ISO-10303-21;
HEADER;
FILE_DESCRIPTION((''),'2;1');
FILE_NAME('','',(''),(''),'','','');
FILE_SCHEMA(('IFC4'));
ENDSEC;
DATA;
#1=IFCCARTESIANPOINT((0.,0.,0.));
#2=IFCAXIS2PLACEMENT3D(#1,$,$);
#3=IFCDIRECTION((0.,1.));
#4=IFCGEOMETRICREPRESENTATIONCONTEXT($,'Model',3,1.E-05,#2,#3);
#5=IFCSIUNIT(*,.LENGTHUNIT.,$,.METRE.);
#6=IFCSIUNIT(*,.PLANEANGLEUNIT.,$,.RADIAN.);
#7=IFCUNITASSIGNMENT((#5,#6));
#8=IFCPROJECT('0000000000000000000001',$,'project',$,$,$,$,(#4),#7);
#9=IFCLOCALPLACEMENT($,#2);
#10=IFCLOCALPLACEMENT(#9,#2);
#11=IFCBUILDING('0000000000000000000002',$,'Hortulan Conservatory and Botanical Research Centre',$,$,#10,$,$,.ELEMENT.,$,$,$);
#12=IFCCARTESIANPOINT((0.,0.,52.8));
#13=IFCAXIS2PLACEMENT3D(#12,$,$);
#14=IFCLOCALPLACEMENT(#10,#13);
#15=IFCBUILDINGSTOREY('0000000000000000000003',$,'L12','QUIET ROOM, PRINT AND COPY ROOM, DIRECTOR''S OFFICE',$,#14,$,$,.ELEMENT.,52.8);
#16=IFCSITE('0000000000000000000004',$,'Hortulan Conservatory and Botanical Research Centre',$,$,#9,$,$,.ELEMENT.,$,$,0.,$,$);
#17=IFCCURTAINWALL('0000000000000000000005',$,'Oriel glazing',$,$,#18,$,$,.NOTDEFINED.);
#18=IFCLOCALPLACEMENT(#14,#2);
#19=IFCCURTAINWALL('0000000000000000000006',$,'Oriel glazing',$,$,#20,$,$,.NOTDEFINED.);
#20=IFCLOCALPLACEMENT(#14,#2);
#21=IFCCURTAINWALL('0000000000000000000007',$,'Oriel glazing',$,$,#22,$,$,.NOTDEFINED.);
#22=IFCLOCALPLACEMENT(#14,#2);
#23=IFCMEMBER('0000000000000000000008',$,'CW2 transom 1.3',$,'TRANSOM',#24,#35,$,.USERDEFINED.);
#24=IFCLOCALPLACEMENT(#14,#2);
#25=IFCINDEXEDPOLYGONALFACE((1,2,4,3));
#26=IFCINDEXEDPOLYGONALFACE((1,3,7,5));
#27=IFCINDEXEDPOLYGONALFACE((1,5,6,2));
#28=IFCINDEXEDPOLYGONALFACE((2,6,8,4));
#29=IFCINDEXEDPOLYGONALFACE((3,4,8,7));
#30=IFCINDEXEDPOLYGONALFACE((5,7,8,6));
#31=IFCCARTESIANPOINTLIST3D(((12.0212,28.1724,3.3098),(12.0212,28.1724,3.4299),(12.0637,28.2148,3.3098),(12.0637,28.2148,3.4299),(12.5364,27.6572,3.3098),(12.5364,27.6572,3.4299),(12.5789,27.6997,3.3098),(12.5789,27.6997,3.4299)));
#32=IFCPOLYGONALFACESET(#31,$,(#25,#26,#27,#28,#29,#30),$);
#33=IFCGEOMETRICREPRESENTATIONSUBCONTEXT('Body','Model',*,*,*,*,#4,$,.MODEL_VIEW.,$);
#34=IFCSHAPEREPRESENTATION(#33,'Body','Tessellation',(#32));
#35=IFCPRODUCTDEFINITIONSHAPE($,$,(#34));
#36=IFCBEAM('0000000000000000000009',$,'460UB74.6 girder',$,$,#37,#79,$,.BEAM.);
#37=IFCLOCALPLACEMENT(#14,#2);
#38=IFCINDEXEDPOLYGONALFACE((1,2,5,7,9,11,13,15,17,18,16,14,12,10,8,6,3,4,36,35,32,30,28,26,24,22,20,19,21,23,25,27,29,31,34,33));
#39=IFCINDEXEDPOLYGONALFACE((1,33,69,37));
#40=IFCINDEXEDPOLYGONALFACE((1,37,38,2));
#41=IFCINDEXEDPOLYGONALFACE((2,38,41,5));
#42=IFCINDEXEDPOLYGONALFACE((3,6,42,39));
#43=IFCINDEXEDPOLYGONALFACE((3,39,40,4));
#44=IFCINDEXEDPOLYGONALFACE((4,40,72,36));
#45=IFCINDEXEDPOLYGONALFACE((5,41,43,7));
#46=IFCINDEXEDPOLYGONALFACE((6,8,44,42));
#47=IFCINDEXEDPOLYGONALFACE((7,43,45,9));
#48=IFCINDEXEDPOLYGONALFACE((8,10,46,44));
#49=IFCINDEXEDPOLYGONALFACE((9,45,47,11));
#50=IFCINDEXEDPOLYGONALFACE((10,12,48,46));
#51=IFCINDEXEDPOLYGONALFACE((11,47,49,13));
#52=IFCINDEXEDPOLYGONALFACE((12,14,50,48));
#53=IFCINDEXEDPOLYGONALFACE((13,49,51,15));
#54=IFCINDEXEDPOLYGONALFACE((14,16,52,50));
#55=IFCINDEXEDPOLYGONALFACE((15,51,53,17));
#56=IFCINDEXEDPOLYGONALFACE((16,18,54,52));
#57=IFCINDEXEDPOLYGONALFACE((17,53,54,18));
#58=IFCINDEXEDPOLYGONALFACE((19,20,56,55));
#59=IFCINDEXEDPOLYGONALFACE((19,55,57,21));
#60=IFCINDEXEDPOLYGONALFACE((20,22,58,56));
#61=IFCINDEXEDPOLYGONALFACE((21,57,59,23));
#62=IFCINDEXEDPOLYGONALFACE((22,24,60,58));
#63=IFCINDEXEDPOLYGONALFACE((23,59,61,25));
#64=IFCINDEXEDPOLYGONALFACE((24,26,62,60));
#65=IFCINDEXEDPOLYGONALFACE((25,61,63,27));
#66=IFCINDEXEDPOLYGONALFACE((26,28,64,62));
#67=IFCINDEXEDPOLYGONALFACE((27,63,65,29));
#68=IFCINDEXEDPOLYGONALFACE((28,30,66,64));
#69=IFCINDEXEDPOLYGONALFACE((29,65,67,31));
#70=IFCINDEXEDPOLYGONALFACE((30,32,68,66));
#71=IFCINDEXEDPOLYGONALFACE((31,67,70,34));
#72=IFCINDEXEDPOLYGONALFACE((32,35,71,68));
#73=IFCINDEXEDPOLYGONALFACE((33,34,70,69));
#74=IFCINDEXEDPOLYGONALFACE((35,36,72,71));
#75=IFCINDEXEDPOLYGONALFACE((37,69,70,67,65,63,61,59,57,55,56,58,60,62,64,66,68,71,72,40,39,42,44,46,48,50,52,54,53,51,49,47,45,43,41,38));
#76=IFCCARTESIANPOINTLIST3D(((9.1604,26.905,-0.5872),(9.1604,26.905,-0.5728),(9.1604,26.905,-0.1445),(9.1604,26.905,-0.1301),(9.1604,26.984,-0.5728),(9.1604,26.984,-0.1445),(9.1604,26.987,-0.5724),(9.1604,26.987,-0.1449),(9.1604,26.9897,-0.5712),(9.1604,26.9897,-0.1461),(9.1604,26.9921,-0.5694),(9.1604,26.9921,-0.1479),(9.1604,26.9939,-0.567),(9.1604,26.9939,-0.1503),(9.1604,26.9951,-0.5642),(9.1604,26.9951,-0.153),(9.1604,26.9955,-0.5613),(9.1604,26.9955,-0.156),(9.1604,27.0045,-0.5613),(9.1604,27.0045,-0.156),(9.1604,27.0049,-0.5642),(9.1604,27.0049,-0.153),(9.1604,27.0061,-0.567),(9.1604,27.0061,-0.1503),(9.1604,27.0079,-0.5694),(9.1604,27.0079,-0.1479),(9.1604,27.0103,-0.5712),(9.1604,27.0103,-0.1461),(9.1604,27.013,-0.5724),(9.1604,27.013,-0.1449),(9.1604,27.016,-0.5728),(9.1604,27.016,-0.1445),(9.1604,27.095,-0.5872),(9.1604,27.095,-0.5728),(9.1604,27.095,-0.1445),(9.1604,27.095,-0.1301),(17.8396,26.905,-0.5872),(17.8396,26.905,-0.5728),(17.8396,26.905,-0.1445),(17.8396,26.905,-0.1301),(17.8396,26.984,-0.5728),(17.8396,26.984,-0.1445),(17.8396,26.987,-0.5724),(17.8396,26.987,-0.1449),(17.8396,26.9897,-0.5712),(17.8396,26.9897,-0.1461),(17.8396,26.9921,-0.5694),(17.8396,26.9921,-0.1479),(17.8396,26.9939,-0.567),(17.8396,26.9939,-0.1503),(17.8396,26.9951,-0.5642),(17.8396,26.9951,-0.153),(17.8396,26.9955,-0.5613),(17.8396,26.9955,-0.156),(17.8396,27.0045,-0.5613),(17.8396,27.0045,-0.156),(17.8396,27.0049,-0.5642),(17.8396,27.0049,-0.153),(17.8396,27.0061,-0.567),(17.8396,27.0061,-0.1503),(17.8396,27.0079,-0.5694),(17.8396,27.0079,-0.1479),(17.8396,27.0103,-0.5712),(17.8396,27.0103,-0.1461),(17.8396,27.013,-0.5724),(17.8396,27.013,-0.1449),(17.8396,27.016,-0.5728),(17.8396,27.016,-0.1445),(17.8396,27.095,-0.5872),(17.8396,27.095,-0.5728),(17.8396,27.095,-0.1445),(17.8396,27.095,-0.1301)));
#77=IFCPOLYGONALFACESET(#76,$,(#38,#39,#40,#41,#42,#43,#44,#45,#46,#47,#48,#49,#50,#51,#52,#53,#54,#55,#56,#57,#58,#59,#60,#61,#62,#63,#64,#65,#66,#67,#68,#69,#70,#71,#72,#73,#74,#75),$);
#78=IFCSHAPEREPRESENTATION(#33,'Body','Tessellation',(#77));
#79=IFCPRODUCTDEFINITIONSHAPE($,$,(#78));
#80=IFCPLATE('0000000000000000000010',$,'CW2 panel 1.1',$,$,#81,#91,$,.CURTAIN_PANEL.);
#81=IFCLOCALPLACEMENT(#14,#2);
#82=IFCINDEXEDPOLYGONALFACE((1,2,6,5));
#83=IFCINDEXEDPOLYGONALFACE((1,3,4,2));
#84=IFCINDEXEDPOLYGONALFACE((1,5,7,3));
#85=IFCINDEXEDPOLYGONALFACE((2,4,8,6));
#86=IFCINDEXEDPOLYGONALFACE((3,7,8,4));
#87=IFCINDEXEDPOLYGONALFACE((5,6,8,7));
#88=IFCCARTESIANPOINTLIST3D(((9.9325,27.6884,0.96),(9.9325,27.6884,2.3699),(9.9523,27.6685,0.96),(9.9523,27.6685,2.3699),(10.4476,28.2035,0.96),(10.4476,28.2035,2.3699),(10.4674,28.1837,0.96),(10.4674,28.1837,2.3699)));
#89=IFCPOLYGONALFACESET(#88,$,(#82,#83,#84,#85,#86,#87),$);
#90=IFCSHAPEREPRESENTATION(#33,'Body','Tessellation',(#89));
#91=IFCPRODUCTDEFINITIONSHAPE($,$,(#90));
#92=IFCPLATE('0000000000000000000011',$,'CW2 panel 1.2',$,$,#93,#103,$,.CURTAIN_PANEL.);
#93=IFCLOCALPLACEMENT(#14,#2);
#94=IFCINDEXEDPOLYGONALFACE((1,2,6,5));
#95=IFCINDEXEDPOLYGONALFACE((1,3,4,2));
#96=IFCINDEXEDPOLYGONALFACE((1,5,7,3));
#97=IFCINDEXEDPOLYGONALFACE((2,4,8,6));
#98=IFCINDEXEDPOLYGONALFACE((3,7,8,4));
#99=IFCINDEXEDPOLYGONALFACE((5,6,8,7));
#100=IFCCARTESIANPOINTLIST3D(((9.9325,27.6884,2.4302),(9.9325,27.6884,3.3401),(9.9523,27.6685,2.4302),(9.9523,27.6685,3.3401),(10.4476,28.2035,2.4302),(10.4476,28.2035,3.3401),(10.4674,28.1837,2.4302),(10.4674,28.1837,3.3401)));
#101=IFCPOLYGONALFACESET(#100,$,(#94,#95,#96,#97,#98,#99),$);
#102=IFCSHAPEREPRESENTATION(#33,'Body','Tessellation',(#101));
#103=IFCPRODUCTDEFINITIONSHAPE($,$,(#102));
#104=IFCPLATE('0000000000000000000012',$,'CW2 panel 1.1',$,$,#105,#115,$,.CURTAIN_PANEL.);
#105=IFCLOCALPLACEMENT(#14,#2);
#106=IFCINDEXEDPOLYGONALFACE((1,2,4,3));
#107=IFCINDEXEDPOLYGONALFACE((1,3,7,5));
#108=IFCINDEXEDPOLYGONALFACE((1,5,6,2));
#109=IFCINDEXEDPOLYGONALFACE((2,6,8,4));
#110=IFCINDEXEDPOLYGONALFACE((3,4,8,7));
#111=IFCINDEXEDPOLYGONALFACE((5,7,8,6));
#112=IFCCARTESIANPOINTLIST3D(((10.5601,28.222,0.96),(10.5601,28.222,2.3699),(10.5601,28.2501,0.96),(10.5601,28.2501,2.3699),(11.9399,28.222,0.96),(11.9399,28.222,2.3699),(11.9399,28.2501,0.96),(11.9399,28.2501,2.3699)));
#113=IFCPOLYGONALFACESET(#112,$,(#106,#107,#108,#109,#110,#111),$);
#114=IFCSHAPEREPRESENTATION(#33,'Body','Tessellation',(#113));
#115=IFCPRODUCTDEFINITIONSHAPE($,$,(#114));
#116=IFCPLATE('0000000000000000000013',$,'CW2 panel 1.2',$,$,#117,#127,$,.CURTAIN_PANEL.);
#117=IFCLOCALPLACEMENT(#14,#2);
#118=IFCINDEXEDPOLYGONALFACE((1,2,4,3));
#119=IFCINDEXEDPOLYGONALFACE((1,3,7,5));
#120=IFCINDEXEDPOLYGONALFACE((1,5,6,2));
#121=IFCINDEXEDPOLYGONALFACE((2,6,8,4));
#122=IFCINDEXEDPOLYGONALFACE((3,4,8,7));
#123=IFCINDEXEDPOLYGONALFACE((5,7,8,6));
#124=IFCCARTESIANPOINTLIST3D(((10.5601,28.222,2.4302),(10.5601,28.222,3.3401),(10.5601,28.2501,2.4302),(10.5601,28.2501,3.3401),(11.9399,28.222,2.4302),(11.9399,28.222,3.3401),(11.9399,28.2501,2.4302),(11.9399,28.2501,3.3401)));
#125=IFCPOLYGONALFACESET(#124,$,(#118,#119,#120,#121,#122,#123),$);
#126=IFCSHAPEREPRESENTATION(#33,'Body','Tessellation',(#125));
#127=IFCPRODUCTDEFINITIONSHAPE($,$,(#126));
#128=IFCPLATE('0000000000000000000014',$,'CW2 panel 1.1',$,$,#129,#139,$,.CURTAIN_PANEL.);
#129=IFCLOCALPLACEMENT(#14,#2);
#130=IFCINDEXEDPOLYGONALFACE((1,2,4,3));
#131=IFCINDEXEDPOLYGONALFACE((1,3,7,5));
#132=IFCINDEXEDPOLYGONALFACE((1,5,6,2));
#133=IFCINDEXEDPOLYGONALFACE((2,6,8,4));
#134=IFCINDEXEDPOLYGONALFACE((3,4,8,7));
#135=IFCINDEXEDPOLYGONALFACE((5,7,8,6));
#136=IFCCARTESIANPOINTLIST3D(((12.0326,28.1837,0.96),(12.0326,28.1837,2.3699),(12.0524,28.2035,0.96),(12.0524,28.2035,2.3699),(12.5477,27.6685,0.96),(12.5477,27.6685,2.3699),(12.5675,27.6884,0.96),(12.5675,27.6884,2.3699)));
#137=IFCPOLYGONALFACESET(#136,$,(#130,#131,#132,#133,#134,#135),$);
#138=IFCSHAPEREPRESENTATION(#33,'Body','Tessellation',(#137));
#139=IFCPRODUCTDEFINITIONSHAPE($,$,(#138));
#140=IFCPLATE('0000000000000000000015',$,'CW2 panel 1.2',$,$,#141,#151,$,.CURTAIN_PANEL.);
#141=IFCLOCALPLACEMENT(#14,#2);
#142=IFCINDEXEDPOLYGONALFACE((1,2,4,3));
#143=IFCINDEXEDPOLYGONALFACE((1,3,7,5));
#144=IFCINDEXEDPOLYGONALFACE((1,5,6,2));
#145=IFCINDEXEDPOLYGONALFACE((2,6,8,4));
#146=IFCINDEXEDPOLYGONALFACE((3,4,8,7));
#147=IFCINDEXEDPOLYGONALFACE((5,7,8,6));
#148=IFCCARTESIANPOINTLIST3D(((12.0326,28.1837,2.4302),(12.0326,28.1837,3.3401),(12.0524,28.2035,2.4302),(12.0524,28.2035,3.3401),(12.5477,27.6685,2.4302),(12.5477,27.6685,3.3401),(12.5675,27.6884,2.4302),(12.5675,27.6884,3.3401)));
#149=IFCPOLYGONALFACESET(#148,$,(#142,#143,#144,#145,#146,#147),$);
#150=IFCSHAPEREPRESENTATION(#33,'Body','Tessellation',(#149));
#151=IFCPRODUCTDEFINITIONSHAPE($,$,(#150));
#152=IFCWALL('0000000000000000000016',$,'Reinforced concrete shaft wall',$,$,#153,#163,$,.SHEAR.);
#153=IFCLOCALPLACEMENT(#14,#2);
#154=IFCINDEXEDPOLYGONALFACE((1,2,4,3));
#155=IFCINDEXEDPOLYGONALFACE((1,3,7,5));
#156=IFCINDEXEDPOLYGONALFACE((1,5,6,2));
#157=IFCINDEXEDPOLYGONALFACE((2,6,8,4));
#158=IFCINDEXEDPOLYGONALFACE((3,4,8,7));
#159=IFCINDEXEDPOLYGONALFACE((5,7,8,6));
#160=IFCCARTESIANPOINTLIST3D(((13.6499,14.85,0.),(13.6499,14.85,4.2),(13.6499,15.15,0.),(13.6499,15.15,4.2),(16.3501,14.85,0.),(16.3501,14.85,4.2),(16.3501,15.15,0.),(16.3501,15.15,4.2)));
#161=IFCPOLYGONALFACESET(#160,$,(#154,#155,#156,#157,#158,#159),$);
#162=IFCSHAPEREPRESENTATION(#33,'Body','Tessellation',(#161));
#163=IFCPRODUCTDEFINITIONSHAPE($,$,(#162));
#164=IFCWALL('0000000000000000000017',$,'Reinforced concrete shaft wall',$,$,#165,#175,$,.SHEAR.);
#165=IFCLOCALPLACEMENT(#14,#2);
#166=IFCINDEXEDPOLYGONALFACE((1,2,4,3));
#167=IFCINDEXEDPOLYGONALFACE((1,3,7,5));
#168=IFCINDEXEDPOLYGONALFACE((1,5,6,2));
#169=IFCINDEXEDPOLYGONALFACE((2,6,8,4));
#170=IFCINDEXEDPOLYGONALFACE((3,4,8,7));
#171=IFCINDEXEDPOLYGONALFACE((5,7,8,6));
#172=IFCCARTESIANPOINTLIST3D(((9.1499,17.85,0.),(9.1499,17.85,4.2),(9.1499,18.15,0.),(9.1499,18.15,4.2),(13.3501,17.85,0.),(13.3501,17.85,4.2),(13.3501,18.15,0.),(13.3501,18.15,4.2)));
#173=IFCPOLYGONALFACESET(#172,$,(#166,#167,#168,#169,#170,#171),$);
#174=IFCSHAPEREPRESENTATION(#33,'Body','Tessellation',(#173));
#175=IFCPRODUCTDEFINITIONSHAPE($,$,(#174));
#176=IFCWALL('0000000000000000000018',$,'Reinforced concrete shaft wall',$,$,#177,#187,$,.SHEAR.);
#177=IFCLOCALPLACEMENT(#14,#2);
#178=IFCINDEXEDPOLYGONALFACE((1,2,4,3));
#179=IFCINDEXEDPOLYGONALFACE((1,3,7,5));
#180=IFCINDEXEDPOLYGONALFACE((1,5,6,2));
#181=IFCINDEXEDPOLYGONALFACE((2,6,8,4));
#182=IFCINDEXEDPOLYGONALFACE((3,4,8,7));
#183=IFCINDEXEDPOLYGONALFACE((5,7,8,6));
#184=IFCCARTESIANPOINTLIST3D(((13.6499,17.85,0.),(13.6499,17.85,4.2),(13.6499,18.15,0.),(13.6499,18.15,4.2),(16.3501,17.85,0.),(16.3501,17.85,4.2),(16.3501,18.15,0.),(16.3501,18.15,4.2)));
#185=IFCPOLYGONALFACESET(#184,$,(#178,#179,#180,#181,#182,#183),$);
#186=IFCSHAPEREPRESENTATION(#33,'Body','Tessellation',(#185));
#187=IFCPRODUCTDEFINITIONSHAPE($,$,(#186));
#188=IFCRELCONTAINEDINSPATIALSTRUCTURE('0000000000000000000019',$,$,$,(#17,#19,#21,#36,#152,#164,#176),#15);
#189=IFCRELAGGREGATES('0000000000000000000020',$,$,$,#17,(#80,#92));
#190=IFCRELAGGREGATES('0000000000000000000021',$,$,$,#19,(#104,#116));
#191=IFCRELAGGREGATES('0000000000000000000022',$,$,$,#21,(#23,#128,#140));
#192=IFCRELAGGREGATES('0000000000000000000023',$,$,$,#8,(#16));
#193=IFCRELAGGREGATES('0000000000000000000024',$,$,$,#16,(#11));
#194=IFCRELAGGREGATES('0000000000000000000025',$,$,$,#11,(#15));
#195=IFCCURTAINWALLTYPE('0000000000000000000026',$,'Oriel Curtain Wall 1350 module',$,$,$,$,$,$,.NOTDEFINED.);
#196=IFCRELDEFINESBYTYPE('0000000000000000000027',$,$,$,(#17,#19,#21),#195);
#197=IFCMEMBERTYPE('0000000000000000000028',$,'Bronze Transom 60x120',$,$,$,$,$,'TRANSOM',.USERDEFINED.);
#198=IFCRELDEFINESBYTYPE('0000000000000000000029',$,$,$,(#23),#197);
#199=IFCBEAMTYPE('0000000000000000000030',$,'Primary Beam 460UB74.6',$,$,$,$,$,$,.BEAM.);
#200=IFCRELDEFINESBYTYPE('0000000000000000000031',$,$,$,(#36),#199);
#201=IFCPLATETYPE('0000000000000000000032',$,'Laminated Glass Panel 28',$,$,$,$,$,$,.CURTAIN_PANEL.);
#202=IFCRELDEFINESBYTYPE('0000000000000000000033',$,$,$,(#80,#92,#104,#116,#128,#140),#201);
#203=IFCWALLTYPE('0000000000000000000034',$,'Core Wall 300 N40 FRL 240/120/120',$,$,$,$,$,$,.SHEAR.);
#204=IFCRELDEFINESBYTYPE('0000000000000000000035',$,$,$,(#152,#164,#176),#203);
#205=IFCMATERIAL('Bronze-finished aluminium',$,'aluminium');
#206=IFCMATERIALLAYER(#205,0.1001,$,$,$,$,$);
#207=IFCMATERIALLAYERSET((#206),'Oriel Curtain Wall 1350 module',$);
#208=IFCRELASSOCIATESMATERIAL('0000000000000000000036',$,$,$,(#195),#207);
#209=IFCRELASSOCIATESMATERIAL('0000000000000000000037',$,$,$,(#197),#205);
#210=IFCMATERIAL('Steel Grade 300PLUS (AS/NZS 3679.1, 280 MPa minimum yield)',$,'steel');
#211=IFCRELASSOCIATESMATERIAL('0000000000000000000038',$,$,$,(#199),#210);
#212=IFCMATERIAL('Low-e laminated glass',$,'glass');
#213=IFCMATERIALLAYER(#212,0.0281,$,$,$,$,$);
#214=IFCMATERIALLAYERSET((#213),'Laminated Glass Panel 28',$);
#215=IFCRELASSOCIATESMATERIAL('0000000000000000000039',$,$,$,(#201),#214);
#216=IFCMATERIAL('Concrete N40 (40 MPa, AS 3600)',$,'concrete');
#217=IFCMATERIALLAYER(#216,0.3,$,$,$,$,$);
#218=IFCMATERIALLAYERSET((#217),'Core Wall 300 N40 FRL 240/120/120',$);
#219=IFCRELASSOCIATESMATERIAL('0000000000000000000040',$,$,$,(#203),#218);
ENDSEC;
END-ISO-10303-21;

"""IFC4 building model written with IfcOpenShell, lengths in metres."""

from ifc_helpers import new_model, si_unit, direction, frame, frame_2d, origin, origin_2d, place, context, subcontext, project, spatial, rectangle, i_section, extrude, material, layer, layer_set, material_profile, profile_set, type_object, element, aggregate, save


model = new_model("IFC4")

# Units and contexts
model_context = context("Model", 3, precision=1e-05, world=origin(), true_north=direction((0.0, 1.0)))
body_context = subcontext(model_context, "Body", "Model", "MODEL_VIEW")
ifc_project = project(units=[si_unit("LENGTHUNIT", "METRE"), si_unit("PLANEANGLEUNIT", "RADIAN")], contexts=[model_context])

# Site, building, storey
site_placement = place(None, origin())
site = spatial("IfcSite", under=ifc_project, at=site_placement, Name="Hortulan Conservatory and Botanical Research Centre", CompositionType="ELEMENT", RefElevation=0.0)
building_placement = place(site_placement, origin())
building = spatial("IfcBuilding", under=site, at=building_placement, Name="Hortulan Conservatory and Botanical Research Centre", CompositionType="ELEMENT")
storey_placement = place(building_placement, frame((0.0, 0.0, 52.8)))
storey = spatial("IfcBuildingStorey", under=building, at=storey_placement, Name="L12", Description="QUIET ROOM, PRINT AND COPY ROOM, DIRECTOR'S OFFICE", CompositionType="ELEMENT", Elevation=52.8)

# Curtain walls
ifc_material_1 = material(Name="Bronze-finished aluminium", Category="aluminium")
ifc_layer_1 = layer(ifc_material_1, 0.1001)
ifc_layer_set_1 = layer_set([ifc_layer_1], Name="Oriel Curtain Wall 1350 module")
curtain_wall_type = type_object("IfcCurtainWallType", Name="Oriel Curtain Wall 1350 module", PredefinedType="NOTDEFINED", material=ifc_layer_set_1)
curtain_wall_1_placement = place(storey_placement, origin())
curtain_wall_1 = element("IfcCurtainWall", 1, at=curtain_wall_1_placement, inside=storey, type_object=curtain_wall_type, Name="Oriel glazing", PredefinedType="NOTDEFINED")
curtain_wall_2_placement = place(storey_placement, origin())
curtain_wall_2 = element("IfcCurtainWall", 2, at=curtain_wall_2_placement, inside=storey, type_object=curtain_wall_type, Name="Oriel glazing", PredefinedType="NOTDEFINED")
curtain_wall_3_placement = place(storey_placement, origin())
curtain_wall_3 = element("IfcCurtainWall", 3, at=curtain_wall_3_placement, inside=storey, type_object=curtain_wall_type, Name="Oriel glazing", PredefinedType="NOTDEFINED")

# Member
ifc_material_profile_1 = material_profile(ifc_material_1, rectangle(XDim=0.0601, YDim=0.1201, at=origin_2d()), Name="Bronze Transom 60x120")
ifc_profile_set_1 = profile_set([ifc_material_profile_1], Name="Bronze-finished aluminium")
member_type_1 = type_object("IfcMemberType", Name="Bronze Transom 60x120", ElementType="TRANSOM", PredefinedType="USERDEFINED", material=ifc_profile_set_1)
member_1_placement = place(storey_placement, frame((12.0425, 28.1936, 3.3699), z_axis=(0.707107, -0.707107, 0.0), x_axis=(0.707107, 0.707107, 0.0)))
member_1 = element("IfcMember", 4, at=member_1_placement, type_object=member_type_1, Name="CW2 transom 1.3", ObjectType="TRANSOM", PredefinedType="USERDEFINED", context=body_context, shape_type="SweptSolid", body=[
    extrude(rectangle(XDim=0.0601, YDim=0.1201, at=origin_2d()), origin(), (0.0, 0.0, 1.0), 0.7285),
])

# Beam
ifc_material_2 = material(Name="Steel Grade 300PLUS (AS/NZS 3679.1, 280 MPa minimum yield)", Category="steel")
ifc_material_profile_2 = material_profile(ifc_material_2, i_section(OverallWidth=0.1899, OverallDepth=0.457, WebThickness=0.009, FlangeThickness=0.0144, FilletRadius=0.0115, at=origin_2d()), Name="460UB74.6")
ifc_profile_set_2 = profile_set([ifc_material_profile_2], Name="Steel Grade 300PLUS (AS/NZS 3679.1, 280 MPa minimum yield)")
beam_type = type_object("IfcBeamType", Name="Primary Beam 460UB74.6", PredefinedType="BEAM", material=ifc_profile_set_2)
beam_placement = place(storey_placement, frame((9.1604, 27.0, -0.3586), z_axis=(1.0, 0.0, 0.0), x_axis=(0.0, 1.0, 0.0)))
element("IfcBeam", 5, at=beam_placement, inside=storey, type_object=beam_type, Name="460UB74.6 girder", PredefinedType="BEAM", context=body_context, shape_type="SweptSolid", body=[
    extrude(i_section(OverallWidth=0.1899, OverallDepth=0.457, WebThickness=0.009, FlangeThickness=0.0144, FilletRadius=0.0115, at=origin_2d()), origin(), (0.0, 0.0, 1.0), 8.6792),
])

# Plates
ifc_material_3 = material(Name="Low-e laminated glass", Category="glass")
ifc_layer_2 = layer(ifc_material_3, 0.0281)
ifc_layer_set_2 = layer_set([ifc_layer_2], Name="Laminated Glass Panel 28")
plate_type = type_object("IfcPlateType", Name="Laminated Glass Panel 28", PredefinedType="CURTAIN_PANEL", material=ifc_layer_set_2)
plate_1_placement = place(storey_placement, frame((10.2, 27.936, 0.96), z_axis=(0.0, 0.0, 1.0), x_axis=(0.707107, 0.707107, 0.0)))
plate_1 = element("IfcPlate", 6, at=plate_1_placement, type_object=plate_type, Name="CW2 panel 1.1", PredefinedType="CURTAIN_PANEL", context=body_context, shape_type="SweptSolid", body=[
    extrude(rectangle(XDim=0.7285, YDim=0.0281, at=origin_2d()), origin(), (0.0, 0.0, 1.0), 1.4099),
])
plate_2_placement = place(storey_placement, frame((10.2, 27.936, 2.4302), z_axis=(0.0, 0.0, 1.0), x_axis=(0.707107, 0.707107, 0.0)))
plate_2 = element("IfcPlate", 7, at=plate_2_placement, type_object=plate_type, Name="CW2 panel 1.2", PredefinedType="CURTAIN_PANEL", context=body_context, shape_type="SweptSolid", body=[
    extrude(rectangle(XDim=0.7285, YDim=0.0281, at=origin_2d()), origin(), (0.0, 0.0, 1.0), 0.9099),
])
aggregate(curtain_wall_1, [plate_1, plate_2])
plate_3_placement = place(storey_placement, frame((11.25, 28.2361, 0.96), z_axis=(0.0, 0.0, 1.0), x_axis=(1.0, 0.0, 0.0)))
plate_3 = element("IfcPlate", 8, at=plate_3_placement, type_object=plate_type, Name="CW2 panel 1.1", PredefinedType="CURTAIN_PANEL", context=body_context, shape_type="SweptSolid", body=[
    extrude(rectangle(XDim=1.3799, YDim=0.0281, at=origin_2d()), origin(), (0.0, 0.0, 1.0), 1.4099),
])
plate_4_placement = place(storey_placement, frame((11.25, 28.2361, 2.4302), z_axis=(0.0, 0.0, 1.0), x_axis=(1.0, 0.0, 0.0)))
plate_4 = element("IfcPlate", 9, at=plate_4_placement, type_object=plate_type, Name="CW2 panel 1.2", PredefinedType="CURTAIN_PANEL", context=body_context, shape_type="SweptSolid", body=[
    extrude(rectangle(XDim=1.3799, YDim=0.0281, at=origin_2d()), origin(), (0.0, 0.0, 1.0), 0.9099),
])
aggregate(curtain_wall_2, [plate_3, plate_4])
plate_5_placement = place(storey_placement, frame((12.3, 27.936, 0.96), z_axis=(0.0, 0.0, 1.0), x_axis=(0.707107, -0.707107, 0.0)))
plate_5 = element("IfcPlate", 10, at=plate_5_placement, type_object=plate_type, Name="CW2 panel 1.1", PredefinedType="CURTAIN_PANEL", context=body_context, shape_type="SweptSolid", body=[
    extrude(rectangle(XDim=0.7285, YDim=0.0281, at=origin_2d()), origin(), (0.0, 0.0, 1.0), 1.4099),
])
plate_6_placement = place(storey_placement, frame((12.3, 27.936, 2.4302), z_axis=(0.0, 0.0, 1.0), x_axis=(0.707107, -0.707107, 0.0)))
plate_6 = element("IfcPlate", 11, at=plate_6_placement, type_object=plate_type, Name="CW2 panel 1.2", PredefinedType="CURTAIN_PANEL", context=body_context, shape_type="SweptSolid", body=[
    extrude(rectangle(XDim=0.7285, YDim=0.0281, at=origin_2d()), origin(), (0.0, 0.0, 1.0), 0.9099),
])
aggregate(curtain_wall_3, [member_1, plate_5, plate_6])

# Walls
ifc_material_4 = material(Name="Concrete N40 (40 MPa, AS 3600)", Category="concrete")
ifc_layer_3 = layer(ifc_material_4, 0.3)
ifc_layer_set_3 = layer_set([ifc_layer_3], Name="Core Wall 300 N40 FRL 240/120/120")
wall_type_1 = type_object("IfcWallType", Name="Core Wall 300 N40 FRL 240/120/120", PredefinedType="SHEAR", material=ifc_layer_set_3)
wall_1_placement = place(storey_placement, frame((13.6499, 15.0, 0.0), z_axis=(0.0, 0.0, 1.0), x_axis=(1.0, 0.0, 0.0)))
element("IfcWall", 12, at=wall_1_placement, inside=storey, type_object=wall_type_1, Name="Reinforced concrete shaft wall", PredefinedType="SHEAR", context=body_context, shape_type="SweptSolid", body=[
    extrude(rectangle(XDim=2.7002, YDim=0.3, at=frame_2d((1.3501, 0.0))), origin(), (0.0, 0.0, 1.0), 4.2),
])
wall_2_placement = place(storey_placement, frame((9.1499, 18.0, 0.0), z_axis=(0.0, 0.0, 1.0), x_axis=(1.0, 0.0, 0.0)))
element("IfcWall", 13, at=wall_2_placement, inside=storey, type_object=wall_type_1, Name="Reinforced concrete shaft wall", PredefinedType="SHEAR", context=body_context, shape_type="SweptSolid", body=[
    extrude(rectangle(XDim=4.2002, YDim=0.3, at=frame_2d((2.1001, 0.0))), origin(), (0.0, 0.0, 1.0), 4.2),
])
wall_3_placement = place(storey_placement, frame((13.6499, 18.0, 0.0), z_axis=(0.0, 0.0, 1.0), x_axis=(1.0, 0.0, 0.0)))
element("IfcWall", 14, at=wall_3_placement, inside=storey, type_object=wall_type_1, Name="Reinforced concrete shaft wall", PredefinedType="SHEAR", context=body_context, shape_type="SweptSolid", body=[
    extrude(rectangle(XDim=2.7002, YDim=0.3, at=frame_2d((1.3501, 0.0))), origin(), (0.0, 0.0, 1.0), 4.2),
])

save(model, "model.ifc")
